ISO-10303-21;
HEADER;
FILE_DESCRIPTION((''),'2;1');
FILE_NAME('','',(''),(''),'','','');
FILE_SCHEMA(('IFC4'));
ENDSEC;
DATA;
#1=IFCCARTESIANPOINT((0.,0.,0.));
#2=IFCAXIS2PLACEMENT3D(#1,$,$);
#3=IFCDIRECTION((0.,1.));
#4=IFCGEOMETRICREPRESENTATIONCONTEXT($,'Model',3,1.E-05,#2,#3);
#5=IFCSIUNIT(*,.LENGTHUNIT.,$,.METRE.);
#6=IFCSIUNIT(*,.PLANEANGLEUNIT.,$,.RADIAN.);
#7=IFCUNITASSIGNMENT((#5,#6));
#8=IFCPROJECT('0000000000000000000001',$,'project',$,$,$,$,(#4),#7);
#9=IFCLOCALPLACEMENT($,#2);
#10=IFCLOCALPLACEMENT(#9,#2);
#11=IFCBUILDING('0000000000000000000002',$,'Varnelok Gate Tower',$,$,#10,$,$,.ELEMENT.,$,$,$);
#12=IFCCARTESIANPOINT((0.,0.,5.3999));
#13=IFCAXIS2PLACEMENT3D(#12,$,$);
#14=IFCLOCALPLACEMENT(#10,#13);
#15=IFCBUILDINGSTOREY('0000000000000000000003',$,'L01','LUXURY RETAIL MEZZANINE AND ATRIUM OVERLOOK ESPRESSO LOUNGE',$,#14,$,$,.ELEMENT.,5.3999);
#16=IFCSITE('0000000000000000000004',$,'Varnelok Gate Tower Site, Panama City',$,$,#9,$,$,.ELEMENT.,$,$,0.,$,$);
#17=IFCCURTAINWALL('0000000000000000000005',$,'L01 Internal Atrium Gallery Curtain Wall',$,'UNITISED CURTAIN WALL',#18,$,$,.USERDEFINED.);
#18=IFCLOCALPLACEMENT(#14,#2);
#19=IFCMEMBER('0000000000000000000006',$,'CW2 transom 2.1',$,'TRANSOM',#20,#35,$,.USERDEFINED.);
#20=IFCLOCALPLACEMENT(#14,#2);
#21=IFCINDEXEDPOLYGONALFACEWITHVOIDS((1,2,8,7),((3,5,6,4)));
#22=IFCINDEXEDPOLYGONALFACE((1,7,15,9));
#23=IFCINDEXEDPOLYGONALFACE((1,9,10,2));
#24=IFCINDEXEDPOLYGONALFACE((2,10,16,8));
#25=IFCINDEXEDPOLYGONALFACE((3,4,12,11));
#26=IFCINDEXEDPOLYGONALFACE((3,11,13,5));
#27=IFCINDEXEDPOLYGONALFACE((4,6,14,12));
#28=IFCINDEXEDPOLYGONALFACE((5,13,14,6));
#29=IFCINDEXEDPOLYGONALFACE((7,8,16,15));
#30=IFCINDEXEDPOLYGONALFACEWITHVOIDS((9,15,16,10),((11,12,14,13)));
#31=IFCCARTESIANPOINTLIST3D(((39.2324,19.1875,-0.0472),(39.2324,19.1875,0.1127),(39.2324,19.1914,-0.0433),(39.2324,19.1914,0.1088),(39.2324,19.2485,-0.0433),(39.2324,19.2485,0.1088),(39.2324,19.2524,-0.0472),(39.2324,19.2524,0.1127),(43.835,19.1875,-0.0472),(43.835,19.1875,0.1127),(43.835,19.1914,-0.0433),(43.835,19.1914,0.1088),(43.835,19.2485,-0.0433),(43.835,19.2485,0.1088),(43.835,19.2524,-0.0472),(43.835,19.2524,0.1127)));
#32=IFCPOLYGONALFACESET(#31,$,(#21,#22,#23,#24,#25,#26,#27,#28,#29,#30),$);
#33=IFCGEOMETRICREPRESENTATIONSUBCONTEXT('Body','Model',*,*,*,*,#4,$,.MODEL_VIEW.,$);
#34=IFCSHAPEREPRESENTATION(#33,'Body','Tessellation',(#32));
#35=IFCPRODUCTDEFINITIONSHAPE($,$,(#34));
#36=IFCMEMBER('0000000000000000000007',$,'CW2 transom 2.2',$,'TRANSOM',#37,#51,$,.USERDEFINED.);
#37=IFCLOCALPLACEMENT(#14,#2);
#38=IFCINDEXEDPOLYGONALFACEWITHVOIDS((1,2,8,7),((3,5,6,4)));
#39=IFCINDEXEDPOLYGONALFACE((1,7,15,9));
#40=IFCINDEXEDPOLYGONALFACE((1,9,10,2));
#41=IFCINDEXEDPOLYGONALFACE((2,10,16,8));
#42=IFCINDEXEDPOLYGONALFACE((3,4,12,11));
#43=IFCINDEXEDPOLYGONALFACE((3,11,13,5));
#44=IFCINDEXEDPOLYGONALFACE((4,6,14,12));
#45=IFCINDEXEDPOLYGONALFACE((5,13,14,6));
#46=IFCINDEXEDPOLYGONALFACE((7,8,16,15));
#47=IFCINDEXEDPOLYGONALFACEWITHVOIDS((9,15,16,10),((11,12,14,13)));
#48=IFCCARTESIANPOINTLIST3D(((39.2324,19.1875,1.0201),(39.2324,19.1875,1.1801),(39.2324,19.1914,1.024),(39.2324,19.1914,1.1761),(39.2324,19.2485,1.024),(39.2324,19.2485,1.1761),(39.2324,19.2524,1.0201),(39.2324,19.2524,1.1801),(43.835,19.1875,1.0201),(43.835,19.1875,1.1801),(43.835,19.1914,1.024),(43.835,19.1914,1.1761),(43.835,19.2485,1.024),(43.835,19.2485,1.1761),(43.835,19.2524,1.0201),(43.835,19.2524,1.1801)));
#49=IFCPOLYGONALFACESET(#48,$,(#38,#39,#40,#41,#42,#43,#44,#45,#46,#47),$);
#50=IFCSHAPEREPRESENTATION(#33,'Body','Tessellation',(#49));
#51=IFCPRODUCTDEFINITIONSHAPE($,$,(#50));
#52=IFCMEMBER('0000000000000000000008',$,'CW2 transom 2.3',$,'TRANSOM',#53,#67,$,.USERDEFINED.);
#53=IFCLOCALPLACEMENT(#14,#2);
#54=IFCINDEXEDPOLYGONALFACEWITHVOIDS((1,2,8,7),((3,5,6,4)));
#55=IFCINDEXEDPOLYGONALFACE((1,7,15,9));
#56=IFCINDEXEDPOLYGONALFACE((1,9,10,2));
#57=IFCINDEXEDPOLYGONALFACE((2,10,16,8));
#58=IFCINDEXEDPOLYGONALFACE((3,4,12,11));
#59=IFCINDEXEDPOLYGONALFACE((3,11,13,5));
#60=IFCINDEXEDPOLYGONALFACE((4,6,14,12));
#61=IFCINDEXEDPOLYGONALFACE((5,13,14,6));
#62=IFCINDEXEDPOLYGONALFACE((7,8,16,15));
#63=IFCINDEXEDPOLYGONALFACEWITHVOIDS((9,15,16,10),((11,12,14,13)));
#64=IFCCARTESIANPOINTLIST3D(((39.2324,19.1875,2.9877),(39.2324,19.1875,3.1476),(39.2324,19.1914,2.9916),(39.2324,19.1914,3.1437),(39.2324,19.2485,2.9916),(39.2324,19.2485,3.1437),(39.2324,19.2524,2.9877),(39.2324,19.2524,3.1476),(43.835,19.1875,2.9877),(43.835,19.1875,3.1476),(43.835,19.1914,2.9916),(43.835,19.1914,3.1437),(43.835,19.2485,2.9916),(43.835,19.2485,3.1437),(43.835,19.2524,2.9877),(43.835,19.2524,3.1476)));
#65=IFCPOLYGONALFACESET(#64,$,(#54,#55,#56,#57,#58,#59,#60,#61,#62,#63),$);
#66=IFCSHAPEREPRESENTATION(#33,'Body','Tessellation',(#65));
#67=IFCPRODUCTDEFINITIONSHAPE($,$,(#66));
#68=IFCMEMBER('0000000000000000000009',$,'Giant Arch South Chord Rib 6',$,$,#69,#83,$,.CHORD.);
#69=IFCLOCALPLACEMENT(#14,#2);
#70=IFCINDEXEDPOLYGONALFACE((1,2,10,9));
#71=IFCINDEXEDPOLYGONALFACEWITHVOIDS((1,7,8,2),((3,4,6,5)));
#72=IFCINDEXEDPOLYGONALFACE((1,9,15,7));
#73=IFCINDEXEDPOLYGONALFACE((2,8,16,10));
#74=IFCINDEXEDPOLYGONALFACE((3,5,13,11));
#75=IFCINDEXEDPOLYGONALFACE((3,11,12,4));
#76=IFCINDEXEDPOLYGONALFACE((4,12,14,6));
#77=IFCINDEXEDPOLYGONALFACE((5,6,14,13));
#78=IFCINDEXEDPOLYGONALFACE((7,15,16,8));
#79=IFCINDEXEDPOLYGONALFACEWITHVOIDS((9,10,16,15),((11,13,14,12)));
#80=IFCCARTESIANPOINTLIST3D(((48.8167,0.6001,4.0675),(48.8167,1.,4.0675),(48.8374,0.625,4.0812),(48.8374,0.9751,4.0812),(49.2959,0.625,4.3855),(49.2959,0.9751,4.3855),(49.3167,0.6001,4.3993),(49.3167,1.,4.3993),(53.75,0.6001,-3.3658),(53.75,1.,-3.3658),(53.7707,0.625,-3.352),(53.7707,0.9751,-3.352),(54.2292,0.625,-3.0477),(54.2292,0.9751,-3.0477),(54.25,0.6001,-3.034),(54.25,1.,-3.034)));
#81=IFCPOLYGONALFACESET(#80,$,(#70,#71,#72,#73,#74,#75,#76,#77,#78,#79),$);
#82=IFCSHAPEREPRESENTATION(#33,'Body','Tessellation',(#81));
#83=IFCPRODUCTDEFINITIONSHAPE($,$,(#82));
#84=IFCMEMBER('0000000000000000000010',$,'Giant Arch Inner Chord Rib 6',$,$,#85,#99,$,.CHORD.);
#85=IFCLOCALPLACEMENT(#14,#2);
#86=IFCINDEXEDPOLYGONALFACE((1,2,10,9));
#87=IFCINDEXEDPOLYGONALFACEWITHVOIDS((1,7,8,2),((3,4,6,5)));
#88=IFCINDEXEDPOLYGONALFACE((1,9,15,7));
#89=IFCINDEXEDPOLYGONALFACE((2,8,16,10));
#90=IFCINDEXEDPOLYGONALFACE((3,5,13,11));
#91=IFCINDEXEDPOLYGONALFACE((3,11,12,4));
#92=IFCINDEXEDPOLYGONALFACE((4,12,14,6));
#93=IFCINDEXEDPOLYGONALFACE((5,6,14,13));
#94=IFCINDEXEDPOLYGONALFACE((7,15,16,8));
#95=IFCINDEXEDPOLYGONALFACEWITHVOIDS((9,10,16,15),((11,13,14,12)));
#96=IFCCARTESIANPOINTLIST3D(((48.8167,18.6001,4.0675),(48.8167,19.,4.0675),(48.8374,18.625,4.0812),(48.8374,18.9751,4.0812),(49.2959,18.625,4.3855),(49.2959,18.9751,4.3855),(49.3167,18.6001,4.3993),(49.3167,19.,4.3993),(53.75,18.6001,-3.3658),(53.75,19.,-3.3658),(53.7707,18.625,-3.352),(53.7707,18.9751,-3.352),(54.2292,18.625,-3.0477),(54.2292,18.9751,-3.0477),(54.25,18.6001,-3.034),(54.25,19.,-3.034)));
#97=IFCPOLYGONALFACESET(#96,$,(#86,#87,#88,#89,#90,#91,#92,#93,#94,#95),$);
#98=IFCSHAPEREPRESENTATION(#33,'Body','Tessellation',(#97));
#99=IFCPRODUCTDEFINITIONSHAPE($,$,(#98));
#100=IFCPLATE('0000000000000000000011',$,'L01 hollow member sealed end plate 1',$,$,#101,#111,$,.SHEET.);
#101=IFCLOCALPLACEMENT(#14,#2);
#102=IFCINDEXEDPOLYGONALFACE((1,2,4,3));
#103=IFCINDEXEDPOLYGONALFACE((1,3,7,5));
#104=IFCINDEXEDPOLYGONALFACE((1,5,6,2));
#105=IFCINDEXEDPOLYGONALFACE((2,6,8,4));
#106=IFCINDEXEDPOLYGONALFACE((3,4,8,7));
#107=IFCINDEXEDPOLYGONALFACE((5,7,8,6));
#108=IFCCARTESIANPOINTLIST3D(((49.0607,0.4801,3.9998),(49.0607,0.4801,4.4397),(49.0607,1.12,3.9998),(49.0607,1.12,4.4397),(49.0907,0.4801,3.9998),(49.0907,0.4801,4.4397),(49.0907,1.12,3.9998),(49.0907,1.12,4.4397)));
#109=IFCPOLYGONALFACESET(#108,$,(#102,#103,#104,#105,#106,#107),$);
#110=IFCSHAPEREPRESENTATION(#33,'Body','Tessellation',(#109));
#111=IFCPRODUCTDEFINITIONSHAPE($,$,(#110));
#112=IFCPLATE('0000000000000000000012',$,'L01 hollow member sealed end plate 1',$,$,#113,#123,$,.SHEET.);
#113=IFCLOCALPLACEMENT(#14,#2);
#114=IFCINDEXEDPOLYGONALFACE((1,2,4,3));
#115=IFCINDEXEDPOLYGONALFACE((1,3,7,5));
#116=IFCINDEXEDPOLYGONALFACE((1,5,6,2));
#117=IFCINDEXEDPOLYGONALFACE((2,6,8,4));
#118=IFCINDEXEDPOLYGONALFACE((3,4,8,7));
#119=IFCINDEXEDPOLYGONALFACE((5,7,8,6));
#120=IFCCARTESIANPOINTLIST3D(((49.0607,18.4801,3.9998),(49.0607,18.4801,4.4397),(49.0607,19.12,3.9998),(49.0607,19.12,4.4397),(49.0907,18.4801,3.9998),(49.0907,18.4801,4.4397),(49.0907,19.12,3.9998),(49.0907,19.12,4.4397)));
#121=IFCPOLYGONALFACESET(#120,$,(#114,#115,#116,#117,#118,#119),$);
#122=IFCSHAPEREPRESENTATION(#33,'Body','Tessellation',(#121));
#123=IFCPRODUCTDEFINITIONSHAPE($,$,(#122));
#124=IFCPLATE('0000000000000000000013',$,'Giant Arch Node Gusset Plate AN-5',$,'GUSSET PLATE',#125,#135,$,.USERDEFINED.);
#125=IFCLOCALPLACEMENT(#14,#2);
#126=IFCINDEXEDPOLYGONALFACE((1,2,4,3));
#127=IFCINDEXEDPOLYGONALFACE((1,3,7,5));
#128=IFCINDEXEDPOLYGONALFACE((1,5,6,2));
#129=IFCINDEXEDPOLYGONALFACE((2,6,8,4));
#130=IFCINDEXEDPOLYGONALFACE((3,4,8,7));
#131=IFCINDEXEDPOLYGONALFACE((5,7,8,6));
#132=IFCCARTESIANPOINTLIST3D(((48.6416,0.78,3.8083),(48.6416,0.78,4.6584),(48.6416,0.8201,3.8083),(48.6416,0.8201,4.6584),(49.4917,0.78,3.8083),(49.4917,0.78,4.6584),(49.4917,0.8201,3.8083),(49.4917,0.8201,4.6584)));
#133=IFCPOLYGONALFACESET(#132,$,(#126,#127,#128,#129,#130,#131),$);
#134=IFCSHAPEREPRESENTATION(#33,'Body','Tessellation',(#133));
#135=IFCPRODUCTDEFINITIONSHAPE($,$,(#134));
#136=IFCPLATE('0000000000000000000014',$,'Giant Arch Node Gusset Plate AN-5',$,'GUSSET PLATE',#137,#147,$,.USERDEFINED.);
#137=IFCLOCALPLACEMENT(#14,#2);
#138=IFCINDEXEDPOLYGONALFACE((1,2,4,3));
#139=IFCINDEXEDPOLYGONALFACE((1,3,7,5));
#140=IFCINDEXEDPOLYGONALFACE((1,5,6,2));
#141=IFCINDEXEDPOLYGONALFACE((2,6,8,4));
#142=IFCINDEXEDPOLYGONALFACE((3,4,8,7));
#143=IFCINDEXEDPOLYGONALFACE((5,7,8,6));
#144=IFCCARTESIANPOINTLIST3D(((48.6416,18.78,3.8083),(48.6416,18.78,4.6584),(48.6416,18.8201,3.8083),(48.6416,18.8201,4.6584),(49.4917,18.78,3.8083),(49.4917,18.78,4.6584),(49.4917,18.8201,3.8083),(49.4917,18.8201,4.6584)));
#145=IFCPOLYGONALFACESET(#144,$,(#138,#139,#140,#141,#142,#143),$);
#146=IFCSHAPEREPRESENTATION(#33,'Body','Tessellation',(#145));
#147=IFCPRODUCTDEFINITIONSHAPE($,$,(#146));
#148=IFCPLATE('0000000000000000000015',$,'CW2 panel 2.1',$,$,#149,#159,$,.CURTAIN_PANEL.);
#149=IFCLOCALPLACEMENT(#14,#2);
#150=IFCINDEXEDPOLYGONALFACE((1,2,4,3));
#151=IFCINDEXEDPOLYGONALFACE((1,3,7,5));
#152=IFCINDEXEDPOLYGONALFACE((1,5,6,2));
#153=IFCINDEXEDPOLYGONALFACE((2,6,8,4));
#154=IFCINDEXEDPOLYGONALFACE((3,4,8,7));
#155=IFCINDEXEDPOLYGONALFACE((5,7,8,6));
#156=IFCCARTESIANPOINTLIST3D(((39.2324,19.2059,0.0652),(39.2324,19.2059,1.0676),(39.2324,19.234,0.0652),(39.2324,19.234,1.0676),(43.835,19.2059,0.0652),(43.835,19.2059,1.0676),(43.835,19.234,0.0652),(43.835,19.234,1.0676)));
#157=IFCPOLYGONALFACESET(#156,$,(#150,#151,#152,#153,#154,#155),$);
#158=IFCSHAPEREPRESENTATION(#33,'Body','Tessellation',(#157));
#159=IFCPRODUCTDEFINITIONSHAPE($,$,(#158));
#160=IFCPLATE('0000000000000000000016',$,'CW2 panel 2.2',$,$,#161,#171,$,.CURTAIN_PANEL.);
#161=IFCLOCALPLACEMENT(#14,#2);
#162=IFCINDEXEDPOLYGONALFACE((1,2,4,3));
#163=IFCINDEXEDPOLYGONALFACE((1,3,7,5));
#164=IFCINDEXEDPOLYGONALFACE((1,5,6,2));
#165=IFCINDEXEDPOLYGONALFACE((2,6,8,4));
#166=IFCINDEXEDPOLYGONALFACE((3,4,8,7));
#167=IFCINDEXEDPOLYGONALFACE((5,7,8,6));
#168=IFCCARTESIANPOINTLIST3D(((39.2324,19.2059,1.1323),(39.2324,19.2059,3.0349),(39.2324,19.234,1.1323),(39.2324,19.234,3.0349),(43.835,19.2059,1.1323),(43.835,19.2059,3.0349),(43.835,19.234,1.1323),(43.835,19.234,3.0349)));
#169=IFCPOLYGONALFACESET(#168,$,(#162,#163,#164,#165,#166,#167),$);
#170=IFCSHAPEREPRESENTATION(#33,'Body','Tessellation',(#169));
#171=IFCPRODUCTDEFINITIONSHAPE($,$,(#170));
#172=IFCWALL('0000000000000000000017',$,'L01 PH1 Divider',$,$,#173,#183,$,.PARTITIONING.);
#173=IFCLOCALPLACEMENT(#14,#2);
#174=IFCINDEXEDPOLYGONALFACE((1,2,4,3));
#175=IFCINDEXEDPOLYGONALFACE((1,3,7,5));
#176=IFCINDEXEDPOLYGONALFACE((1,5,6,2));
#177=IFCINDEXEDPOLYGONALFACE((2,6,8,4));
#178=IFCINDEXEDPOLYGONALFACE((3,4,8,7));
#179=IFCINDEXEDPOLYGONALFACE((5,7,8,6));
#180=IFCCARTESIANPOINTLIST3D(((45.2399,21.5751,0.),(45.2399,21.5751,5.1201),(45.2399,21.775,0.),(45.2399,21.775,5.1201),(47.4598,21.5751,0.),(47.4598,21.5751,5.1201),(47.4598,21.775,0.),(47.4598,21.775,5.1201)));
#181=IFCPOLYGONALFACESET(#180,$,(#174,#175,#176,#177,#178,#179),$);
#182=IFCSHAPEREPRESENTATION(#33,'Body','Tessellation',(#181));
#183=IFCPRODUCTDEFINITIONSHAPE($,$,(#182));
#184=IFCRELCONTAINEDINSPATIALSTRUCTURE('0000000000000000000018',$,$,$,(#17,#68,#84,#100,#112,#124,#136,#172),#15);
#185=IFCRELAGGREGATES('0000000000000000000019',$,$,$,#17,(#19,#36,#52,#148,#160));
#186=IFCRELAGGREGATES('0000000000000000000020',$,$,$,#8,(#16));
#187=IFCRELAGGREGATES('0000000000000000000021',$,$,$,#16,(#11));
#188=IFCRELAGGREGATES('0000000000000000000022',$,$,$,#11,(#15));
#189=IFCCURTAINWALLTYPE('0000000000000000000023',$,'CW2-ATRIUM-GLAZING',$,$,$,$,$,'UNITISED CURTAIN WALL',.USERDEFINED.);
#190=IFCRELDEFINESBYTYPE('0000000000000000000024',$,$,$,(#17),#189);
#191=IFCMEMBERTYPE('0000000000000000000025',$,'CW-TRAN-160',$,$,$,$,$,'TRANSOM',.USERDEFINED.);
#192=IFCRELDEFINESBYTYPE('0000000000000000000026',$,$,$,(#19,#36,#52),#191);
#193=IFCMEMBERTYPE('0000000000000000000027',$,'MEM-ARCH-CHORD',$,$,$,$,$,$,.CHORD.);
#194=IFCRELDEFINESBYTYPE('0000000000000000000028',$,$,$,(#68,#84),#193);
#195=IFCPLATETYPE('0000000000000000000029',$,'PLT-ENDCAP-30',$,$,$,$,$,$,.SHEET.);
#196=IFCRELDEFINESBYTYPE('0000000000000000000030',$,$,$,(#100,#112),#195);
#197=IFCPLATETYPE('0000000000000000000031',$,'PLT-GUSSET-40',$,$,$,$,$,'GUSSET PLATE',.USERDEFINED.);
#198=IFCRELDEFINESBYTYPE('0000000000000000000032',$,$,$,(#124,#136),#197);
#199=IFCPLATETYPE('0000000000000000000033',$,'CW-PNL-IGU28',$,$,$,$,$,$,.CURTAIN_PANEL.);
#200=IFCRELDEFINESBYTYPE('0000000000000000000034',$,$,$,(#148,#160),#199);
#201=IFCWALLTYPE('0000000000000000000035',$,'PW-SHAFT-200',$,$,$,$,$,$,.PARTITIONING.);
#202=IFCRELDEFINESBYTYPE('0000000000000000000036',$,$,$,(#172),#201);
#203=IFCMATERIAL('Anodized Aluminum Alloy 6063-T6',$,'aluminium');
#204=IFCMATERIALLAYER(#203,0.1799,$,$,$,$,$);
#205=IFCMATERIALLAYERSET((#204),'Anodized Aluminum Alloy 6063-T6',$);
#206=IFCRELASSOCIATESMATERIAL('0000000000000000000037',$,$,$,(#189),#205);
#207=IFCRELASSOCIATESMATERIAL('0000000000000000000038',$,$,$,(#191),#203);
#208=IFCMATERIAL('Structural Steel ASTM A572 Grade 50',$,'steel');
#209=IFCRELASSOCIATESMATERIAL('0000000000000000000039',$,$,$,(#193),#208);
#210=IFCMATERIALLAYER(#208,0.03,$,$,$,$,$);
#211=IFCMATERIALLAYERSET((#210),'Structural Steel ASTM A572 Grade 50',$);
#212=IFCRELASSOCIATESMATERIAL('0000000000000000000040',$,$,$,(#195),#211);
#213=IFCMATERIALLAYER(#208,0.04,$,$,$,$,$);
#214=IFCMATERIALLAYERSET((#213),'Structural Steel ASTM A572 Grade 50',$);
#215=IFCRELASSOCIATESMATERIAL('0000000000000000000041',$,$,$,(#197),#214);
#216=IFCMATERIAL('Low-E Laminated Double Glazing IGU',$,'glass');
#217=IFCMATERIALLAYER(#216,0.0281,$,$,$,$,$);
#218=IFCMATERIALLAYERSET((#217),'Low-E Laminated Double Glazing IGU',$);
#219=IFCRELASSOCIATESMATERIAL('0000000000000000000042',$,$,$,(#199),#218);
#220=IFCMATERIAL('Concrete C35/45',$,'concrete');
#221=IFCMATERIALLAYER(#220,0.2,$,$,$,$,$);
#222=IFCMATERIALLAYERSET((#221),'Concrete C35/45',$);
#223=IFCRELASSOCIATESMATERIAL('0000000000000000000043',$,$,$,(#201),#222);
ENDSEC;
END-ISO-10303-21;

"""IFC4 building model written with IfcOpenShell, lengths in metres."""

from ifc_helpers import new_model, si_unit, direction, frame, frame_2d, origin, origin_2d, place, context, subcontext, project, spatial, rectangle, hollow_rectangle, extrude, source, transform, mapped, material, layer, layer_set, material_profile, profile_set, type_object, element, aggregate, save


model = new_model("IFC4")

# Units and contexts
model_context = context("Model", 3, precision=1e-05, world=origin(), true_north=direction((0.0, 1.0)))
body_context = subcontext(model_context, "Body", "Model", "MODEL_VIEW")
ifc_project = project(units=[si_unit("LENGTHUNIT", "METRE"), si_unit("PLANEANGLEUNIT", "RADIAN")], contexts=[model_context])

# Site, building, storey
site_placement = place(None, origin())
site = spatial("IfcSite", under=ifc_project, at=site_placement, Name="Varnelok Gate Tower Site, Panama City", CompositionType="ELEMENT", RefElevation=0.0)
building_placement = place(site_placement, origin())
building = spatial("IfcBuilding", under=site, at=building_placement, Name="Varnelok Gate Tower", CompositionType="ELEMENT")
storey_placement = place(building_placement, frame((0.0, 0.0, 5.3999)))
storey = spatial("IfcBuildingStorey", under=building, at=storey_placement, Name="L01", Description="LUXURY RETAIL MEZZANINE AND ATRIUM OVERLOOK ESPRESSO LOUNGE", CompositionType="ELEMENT", Elevation=5.3999)

# Curtain wall, members
ifc_material_1 = material(Name="Anodized Aluminum Alloy 6063-T6", Category="aluminium")
ifc_layer_1 = layer(ifc_material_1, 0.1799)
ifc_layer_set_1 = layer_set([ifc_layer_1], Name="Anodized Aluminum Alloy 6063-T6")
curtain_wall_type = type_object("IfcCurtainWallType", Name="CW2-ATRIUM-GLAZING", ElementType="UNITISED CURTAIN WALL", PredefinedType="USERDEFINED", material=ifc_layer_set_1)
curtain_wall_placement = place(storey_placement, origin())
curtain_wall = element("IfcCurtainWall", 1, at=curtain_wall_placement, inside=storey, type_object=curtain_wall_type, Name="L01 Internal Atrium Gallery Curtain Wall", ObjectType="UNITISED CURTAIN WALL", PredefinedType="USERDEFINED")
ifc_material_profile_1 = material_profile(ifc_material_1, hollow_rectangle(XDim=0.0649, YDim=0.1599, WallThickness=0.0039, at=origin_2d()), Name="ALU160X65X4")
ifc_profile_set_1 = profile_set([ifc_material_profile_1], Name="Anodized Aluminum Alloy 6063-T6")
member_type_1 = type_object("IfcMemberType", Name="CW-TRAN-160", ElementType="TRANSOM", PredefinedType="USERDEFINED", material=ifc_profile_set_1)
member_1_placement = place(storey_placement, frame((39.2324, 19.22, 0.0327), z_axis=(1.0, 0.0, 0.0), x_axis=(0.0, 1.0, 0.0)))
member_1 = element("IfcMember", 2, at=member_1_placement, type_object=member_type_1, Name="CW2 transom 2.1", ObjectType="TRANSOM", PredefinedType="USERDEFINED", context=body_context, shape_type="SweptSolid", body=[
    extrude(hollow_rectangle(XDim=0.0649, YDim=0.1599, WallThickness=0.0039, at=origin_2d()), origin(), (0.0, 0.0, 1.0), 4.6025),
])
member_2_placement = place(storey_placement, frame((39.2324, 19.22, 1.1001), z_axis=(1.0, 0.0, 0.0), x_axis=(0.0, 1.0, 0.0)))
member_2 = element("IfcMember", 3, at=member_2_placement, type_object=member_type_1, Name="CW2 transom 2.2", ObjectType="TRANSOM", PredefinedType="USERDEFINED", context=body_context, shape_type="SweptSolid", body=[
    extrude(hollow_rectangle(XDim=0.0649, YDim=0.1599, WallThickness=0.0039, at=origin_2d()), origin(), (0.0, 0.0, 1.0), 4.6025),
])
member_3_placement = place(storey_placement, frame((39.2324, 19.22, 3.0676), z_axis=(1.0, 0.0, 0.0), x_axis=(0.0, 1.0, 0.0)))
member_3 = element("IfcMember", 4, at=member_3_placement, type_object=member_type_1, Name="CW2 transom 2.3", ObjectType="TRANSOM", PredefinedType="USERDEFINED", context=body_context, shape_type="SweptSolid", body=[
    extrude(hollow_rectangle(XDim=0.0649, YDim=0.1599, WallThickness=0.0039, at=origin_2d()), origin(), (0.0, 0.0, 1.0), 4.6025),
])

# Members
ifc_material_2 = material(Name="Structural Steel ASTM A572 Grade 50", Category="steel")
ifc_material_profile_2 = material_profile(ifc_material_2, hollow_rectangle(XDim=0.3999, YDim=0.6001, WallThickness=0.0249, at=origin_2d()), Name="HSS600X400X25")
ifc_profile_set_2 = profile_set([ifc_material_profile_2], Name="Structural Steel ASTM A572 Grade 50")
member_type_2 = type_object("IfcMemberType", Name="MEM-ARCH-CHORD", PredefinedType="CHORD", material=ifc_profile_set_2)
for number, where, z_axis, x_axis, name in (
    (5, (49.0667, 0.8, 4.2334), (0.552975, 0.0, -0.833198), (0.0, 1.0, 0.0), "Giant Arch South Chord Rib 6"),
    (6, (49.0667, 18.8, 4.2334), (0.552975, 0.0, -0.833198), (0.0, 1.0, 0.0), "Giant Arch Inner Chord Rib 6"),
):
    element("IfcMember", number, at=place(storey_placement, frame(where, z_axis=z_axis, x_axis=x_axis)), inside=storey, type_object=member_type_2, Name=name, PredefinedType="CHORD", context=body_context, shape_type="SweptSolid", body=[
        extrude(hollow_rectangle(XDim=0.3999, YDim=0.6001, WallThickness=0.0249, at=origin_2d()), origin(), (0.0, 0.0, 1.0), 8.9214),
    ])

# Plates
ifc_layer_2 = layer(ifc_material_2, 0.03)
ifc_layer_set_2 = layer_set([ifc_layer_2], Name="Structural Steel ASTM A572 Grade 50")
plate_type_1 = type_object("IfcPlateType", Name="PLT-ENDCAP-30", PredefinedType="SHEET", material=ifc_layer_set_2)
shared_shape_1 = source(origin(), body_context, "Body", "SweptSolid", [
    extrude(rectangle(XDim=0.03, YDim=0.6399, at=origin_2d()), origin(), (0.0, 0.0, 1.0), 0.4399),
])
for number, where, z_axis, x_axis, name in (
    (7, (49.0757, 0.8, 3.9998), (0.0, 0.0, 1.0), (1.0, 0.0, 0.0), "L01 hollow member sealed end plate 1"),
    (8, (49.0757, 18.8, 3.9998), (0.0, 0.0, 1.0), (1.0, 0.0, 0.0), "L01 hollow member sealed end plate 1"),
):
    element("IfcPlate", number, at=place(storey_placement, frame(where, z_axis=z_axis, x_axis=x_axis)), inside=storey, type_object=plate_type_1, Name=name, PredefinedType="SHEET", context=body_context, shape_type="MappedRepresentation", body=[
        mapped(shared_shape_1, transform((0.0, 0.0, 0.0), scale=1.0)),
    ])
ifc_layer_3 = layer(ifc_material_2, 0.04)
ifc_layer_set_3 = layer_set([ifc_layer_3], Name="Structural Steel ASTM A572 Grade 50")
plate_type_2 = type_object("IfcPlateType", Name="PLT-GUSSET-40", ElementType="GUSSET PLATE", PredefinedType="USERDEFINED", material=ifc_layer_set_3)
shared_shape_2 = source(origin(), body_context, "Body", "SweptSolid", [
    extrude(rectangle(XDim=0.8501, YDim=0.04, at=origin_2d()), origin(), (0.0, 0.0, 1.0), 0.8501),
])
for number, where, z_axis, x_axis, name in (
    (9, (49.0667, 0.8, 3.8083), (0.0, 0.0, 1.0), (1.0, 0.0, 0.0), "Giant Arch Node Gusset Plate AN-5"),
    (10, (49.0667, 18.8, 3.8083), (0.0, 0.0, 1.0), (1.0, 0.0, 0.0), "Giant Arch Node Gusset Plate AN-5"),
):
    element("IfcPlate", number, at=place(storey_placement, frame(where, z_axis=z_axis, x_axis=x_axis)), inside=storey, type_object=plate_type_2, Name=name, ObjectType="GUSSET PLATE", PredefinedType="USERDEFINED", context=body_context, shape_type="MappedRepresentation", body=[
        mapped(shared_shape_2, transform((0.0, 0.0, 0.0), scale=1.0)),
    ])

# Plates
ifc_material_3 = material(Name="Low-E Laminated Double Glazing IGU", Category="glass")
ifc_layer_4 = layer(ifc_material_3, 0.0281)
ifc_layer_set_4 = layer_set([ifc_layer_4], Name="Low-E Laminated Double Glazing IGU")
plate_type_3 = type_object("IfcPlateType", Name="CW-PNL-IGU28", PredefinedType="CURTAIN_PANEL", material=ifc_layer_set_4)
shared_shape_3 = source(origin(), body_context, "Body", "SweptSolid", [
    extrude(rectangle(XDim=4.6025, YDim=0.0281, at=origin_2d()), origin(), (0.0, 0.0, 1.0), 1.0024),
])
plate_1_placement = place(storey_placement, frame((41.5337, 19.22, 0.0652), z_axis=(0.0, 0.0, 1.0), x_axis=(1.0, 0.0, 0.0)))
plate_1 = element("IfcPlate", 11, at=plate_1_placement, type_object=plate_type_3, Name="CW2 panel 2.1", PredefinedType="CURTAIN_PANEL", context=body_context, shape_type="MappedRepresentation", body=[
    mapped(shared_shape_3, transform((0.0, 0.0, 0.0), scale=1.0)),
])
shared_shape_4 = source(origin(), body_context, "Body", "SweptSolid", [
    extrude(rectangle(XDim=4.6025, YDim=0.0281, at=origin_2d()), origin(), (0.0, 0.0, 1.0), 1.9026),
])
plate_2_placement = place(storey_placement, frame((41.5337, 19.22, 1.1323), z_axis=(0.0, 0.0, 1.0), x_axis=(1.0, 0.0, 0.0)))
plate_2 = element("IfcPlate", 12, at=plate_2_placement, type_object=plate_type_3, Name="CW2 panel 2.2", PredefinedType="CURTAIN_PANEL", context=body_context, shape_type="MappedRepresentation", body=[
    mapped(shared_shape_4, transform((0.0, 0.0, 0.0), scale=1.0)),
])
aggregate(curtain_wall, [member_1, member_2, member_3, plate_1, plate_2])

# Wall
ifc_material_4 = material(Name="Concrete C35/45", Category="concrete")
ifc_layer_5 = layer(ifc_material_4, 0.2)
ifc_layer_set_5 = layer_set([ifc_layer_5], Name="Concrete C35/45")
wall_type = type_object("IfcWallType", Name="PW-SHAFT-200", PredefinedType="PARTITIONING", material=ifc_layer_set_5)
wall_1_placement = place(storey_placement, frame((45.24, 21.675, 0.0), z_axis=(0.0, 0.0, 1.0), x_axis=(1.0, 0.0, 0.0)))
element("IfcWall", 13, at=wall_1_placement, inside=storey, type_object=wall_type, Name="L01 PH1 Divider", PredefinedType="PARTITIONING", context=body_context, shape_type="SweptSolid", body=[
    extrude(rectangle(XDim=2.22, YDim=0.2, at=frame_2d((1.1099, 0.0))), origin(), (0.0, 0.0, 1.0), 5.1201),
])

save(model, "model.ifc")
